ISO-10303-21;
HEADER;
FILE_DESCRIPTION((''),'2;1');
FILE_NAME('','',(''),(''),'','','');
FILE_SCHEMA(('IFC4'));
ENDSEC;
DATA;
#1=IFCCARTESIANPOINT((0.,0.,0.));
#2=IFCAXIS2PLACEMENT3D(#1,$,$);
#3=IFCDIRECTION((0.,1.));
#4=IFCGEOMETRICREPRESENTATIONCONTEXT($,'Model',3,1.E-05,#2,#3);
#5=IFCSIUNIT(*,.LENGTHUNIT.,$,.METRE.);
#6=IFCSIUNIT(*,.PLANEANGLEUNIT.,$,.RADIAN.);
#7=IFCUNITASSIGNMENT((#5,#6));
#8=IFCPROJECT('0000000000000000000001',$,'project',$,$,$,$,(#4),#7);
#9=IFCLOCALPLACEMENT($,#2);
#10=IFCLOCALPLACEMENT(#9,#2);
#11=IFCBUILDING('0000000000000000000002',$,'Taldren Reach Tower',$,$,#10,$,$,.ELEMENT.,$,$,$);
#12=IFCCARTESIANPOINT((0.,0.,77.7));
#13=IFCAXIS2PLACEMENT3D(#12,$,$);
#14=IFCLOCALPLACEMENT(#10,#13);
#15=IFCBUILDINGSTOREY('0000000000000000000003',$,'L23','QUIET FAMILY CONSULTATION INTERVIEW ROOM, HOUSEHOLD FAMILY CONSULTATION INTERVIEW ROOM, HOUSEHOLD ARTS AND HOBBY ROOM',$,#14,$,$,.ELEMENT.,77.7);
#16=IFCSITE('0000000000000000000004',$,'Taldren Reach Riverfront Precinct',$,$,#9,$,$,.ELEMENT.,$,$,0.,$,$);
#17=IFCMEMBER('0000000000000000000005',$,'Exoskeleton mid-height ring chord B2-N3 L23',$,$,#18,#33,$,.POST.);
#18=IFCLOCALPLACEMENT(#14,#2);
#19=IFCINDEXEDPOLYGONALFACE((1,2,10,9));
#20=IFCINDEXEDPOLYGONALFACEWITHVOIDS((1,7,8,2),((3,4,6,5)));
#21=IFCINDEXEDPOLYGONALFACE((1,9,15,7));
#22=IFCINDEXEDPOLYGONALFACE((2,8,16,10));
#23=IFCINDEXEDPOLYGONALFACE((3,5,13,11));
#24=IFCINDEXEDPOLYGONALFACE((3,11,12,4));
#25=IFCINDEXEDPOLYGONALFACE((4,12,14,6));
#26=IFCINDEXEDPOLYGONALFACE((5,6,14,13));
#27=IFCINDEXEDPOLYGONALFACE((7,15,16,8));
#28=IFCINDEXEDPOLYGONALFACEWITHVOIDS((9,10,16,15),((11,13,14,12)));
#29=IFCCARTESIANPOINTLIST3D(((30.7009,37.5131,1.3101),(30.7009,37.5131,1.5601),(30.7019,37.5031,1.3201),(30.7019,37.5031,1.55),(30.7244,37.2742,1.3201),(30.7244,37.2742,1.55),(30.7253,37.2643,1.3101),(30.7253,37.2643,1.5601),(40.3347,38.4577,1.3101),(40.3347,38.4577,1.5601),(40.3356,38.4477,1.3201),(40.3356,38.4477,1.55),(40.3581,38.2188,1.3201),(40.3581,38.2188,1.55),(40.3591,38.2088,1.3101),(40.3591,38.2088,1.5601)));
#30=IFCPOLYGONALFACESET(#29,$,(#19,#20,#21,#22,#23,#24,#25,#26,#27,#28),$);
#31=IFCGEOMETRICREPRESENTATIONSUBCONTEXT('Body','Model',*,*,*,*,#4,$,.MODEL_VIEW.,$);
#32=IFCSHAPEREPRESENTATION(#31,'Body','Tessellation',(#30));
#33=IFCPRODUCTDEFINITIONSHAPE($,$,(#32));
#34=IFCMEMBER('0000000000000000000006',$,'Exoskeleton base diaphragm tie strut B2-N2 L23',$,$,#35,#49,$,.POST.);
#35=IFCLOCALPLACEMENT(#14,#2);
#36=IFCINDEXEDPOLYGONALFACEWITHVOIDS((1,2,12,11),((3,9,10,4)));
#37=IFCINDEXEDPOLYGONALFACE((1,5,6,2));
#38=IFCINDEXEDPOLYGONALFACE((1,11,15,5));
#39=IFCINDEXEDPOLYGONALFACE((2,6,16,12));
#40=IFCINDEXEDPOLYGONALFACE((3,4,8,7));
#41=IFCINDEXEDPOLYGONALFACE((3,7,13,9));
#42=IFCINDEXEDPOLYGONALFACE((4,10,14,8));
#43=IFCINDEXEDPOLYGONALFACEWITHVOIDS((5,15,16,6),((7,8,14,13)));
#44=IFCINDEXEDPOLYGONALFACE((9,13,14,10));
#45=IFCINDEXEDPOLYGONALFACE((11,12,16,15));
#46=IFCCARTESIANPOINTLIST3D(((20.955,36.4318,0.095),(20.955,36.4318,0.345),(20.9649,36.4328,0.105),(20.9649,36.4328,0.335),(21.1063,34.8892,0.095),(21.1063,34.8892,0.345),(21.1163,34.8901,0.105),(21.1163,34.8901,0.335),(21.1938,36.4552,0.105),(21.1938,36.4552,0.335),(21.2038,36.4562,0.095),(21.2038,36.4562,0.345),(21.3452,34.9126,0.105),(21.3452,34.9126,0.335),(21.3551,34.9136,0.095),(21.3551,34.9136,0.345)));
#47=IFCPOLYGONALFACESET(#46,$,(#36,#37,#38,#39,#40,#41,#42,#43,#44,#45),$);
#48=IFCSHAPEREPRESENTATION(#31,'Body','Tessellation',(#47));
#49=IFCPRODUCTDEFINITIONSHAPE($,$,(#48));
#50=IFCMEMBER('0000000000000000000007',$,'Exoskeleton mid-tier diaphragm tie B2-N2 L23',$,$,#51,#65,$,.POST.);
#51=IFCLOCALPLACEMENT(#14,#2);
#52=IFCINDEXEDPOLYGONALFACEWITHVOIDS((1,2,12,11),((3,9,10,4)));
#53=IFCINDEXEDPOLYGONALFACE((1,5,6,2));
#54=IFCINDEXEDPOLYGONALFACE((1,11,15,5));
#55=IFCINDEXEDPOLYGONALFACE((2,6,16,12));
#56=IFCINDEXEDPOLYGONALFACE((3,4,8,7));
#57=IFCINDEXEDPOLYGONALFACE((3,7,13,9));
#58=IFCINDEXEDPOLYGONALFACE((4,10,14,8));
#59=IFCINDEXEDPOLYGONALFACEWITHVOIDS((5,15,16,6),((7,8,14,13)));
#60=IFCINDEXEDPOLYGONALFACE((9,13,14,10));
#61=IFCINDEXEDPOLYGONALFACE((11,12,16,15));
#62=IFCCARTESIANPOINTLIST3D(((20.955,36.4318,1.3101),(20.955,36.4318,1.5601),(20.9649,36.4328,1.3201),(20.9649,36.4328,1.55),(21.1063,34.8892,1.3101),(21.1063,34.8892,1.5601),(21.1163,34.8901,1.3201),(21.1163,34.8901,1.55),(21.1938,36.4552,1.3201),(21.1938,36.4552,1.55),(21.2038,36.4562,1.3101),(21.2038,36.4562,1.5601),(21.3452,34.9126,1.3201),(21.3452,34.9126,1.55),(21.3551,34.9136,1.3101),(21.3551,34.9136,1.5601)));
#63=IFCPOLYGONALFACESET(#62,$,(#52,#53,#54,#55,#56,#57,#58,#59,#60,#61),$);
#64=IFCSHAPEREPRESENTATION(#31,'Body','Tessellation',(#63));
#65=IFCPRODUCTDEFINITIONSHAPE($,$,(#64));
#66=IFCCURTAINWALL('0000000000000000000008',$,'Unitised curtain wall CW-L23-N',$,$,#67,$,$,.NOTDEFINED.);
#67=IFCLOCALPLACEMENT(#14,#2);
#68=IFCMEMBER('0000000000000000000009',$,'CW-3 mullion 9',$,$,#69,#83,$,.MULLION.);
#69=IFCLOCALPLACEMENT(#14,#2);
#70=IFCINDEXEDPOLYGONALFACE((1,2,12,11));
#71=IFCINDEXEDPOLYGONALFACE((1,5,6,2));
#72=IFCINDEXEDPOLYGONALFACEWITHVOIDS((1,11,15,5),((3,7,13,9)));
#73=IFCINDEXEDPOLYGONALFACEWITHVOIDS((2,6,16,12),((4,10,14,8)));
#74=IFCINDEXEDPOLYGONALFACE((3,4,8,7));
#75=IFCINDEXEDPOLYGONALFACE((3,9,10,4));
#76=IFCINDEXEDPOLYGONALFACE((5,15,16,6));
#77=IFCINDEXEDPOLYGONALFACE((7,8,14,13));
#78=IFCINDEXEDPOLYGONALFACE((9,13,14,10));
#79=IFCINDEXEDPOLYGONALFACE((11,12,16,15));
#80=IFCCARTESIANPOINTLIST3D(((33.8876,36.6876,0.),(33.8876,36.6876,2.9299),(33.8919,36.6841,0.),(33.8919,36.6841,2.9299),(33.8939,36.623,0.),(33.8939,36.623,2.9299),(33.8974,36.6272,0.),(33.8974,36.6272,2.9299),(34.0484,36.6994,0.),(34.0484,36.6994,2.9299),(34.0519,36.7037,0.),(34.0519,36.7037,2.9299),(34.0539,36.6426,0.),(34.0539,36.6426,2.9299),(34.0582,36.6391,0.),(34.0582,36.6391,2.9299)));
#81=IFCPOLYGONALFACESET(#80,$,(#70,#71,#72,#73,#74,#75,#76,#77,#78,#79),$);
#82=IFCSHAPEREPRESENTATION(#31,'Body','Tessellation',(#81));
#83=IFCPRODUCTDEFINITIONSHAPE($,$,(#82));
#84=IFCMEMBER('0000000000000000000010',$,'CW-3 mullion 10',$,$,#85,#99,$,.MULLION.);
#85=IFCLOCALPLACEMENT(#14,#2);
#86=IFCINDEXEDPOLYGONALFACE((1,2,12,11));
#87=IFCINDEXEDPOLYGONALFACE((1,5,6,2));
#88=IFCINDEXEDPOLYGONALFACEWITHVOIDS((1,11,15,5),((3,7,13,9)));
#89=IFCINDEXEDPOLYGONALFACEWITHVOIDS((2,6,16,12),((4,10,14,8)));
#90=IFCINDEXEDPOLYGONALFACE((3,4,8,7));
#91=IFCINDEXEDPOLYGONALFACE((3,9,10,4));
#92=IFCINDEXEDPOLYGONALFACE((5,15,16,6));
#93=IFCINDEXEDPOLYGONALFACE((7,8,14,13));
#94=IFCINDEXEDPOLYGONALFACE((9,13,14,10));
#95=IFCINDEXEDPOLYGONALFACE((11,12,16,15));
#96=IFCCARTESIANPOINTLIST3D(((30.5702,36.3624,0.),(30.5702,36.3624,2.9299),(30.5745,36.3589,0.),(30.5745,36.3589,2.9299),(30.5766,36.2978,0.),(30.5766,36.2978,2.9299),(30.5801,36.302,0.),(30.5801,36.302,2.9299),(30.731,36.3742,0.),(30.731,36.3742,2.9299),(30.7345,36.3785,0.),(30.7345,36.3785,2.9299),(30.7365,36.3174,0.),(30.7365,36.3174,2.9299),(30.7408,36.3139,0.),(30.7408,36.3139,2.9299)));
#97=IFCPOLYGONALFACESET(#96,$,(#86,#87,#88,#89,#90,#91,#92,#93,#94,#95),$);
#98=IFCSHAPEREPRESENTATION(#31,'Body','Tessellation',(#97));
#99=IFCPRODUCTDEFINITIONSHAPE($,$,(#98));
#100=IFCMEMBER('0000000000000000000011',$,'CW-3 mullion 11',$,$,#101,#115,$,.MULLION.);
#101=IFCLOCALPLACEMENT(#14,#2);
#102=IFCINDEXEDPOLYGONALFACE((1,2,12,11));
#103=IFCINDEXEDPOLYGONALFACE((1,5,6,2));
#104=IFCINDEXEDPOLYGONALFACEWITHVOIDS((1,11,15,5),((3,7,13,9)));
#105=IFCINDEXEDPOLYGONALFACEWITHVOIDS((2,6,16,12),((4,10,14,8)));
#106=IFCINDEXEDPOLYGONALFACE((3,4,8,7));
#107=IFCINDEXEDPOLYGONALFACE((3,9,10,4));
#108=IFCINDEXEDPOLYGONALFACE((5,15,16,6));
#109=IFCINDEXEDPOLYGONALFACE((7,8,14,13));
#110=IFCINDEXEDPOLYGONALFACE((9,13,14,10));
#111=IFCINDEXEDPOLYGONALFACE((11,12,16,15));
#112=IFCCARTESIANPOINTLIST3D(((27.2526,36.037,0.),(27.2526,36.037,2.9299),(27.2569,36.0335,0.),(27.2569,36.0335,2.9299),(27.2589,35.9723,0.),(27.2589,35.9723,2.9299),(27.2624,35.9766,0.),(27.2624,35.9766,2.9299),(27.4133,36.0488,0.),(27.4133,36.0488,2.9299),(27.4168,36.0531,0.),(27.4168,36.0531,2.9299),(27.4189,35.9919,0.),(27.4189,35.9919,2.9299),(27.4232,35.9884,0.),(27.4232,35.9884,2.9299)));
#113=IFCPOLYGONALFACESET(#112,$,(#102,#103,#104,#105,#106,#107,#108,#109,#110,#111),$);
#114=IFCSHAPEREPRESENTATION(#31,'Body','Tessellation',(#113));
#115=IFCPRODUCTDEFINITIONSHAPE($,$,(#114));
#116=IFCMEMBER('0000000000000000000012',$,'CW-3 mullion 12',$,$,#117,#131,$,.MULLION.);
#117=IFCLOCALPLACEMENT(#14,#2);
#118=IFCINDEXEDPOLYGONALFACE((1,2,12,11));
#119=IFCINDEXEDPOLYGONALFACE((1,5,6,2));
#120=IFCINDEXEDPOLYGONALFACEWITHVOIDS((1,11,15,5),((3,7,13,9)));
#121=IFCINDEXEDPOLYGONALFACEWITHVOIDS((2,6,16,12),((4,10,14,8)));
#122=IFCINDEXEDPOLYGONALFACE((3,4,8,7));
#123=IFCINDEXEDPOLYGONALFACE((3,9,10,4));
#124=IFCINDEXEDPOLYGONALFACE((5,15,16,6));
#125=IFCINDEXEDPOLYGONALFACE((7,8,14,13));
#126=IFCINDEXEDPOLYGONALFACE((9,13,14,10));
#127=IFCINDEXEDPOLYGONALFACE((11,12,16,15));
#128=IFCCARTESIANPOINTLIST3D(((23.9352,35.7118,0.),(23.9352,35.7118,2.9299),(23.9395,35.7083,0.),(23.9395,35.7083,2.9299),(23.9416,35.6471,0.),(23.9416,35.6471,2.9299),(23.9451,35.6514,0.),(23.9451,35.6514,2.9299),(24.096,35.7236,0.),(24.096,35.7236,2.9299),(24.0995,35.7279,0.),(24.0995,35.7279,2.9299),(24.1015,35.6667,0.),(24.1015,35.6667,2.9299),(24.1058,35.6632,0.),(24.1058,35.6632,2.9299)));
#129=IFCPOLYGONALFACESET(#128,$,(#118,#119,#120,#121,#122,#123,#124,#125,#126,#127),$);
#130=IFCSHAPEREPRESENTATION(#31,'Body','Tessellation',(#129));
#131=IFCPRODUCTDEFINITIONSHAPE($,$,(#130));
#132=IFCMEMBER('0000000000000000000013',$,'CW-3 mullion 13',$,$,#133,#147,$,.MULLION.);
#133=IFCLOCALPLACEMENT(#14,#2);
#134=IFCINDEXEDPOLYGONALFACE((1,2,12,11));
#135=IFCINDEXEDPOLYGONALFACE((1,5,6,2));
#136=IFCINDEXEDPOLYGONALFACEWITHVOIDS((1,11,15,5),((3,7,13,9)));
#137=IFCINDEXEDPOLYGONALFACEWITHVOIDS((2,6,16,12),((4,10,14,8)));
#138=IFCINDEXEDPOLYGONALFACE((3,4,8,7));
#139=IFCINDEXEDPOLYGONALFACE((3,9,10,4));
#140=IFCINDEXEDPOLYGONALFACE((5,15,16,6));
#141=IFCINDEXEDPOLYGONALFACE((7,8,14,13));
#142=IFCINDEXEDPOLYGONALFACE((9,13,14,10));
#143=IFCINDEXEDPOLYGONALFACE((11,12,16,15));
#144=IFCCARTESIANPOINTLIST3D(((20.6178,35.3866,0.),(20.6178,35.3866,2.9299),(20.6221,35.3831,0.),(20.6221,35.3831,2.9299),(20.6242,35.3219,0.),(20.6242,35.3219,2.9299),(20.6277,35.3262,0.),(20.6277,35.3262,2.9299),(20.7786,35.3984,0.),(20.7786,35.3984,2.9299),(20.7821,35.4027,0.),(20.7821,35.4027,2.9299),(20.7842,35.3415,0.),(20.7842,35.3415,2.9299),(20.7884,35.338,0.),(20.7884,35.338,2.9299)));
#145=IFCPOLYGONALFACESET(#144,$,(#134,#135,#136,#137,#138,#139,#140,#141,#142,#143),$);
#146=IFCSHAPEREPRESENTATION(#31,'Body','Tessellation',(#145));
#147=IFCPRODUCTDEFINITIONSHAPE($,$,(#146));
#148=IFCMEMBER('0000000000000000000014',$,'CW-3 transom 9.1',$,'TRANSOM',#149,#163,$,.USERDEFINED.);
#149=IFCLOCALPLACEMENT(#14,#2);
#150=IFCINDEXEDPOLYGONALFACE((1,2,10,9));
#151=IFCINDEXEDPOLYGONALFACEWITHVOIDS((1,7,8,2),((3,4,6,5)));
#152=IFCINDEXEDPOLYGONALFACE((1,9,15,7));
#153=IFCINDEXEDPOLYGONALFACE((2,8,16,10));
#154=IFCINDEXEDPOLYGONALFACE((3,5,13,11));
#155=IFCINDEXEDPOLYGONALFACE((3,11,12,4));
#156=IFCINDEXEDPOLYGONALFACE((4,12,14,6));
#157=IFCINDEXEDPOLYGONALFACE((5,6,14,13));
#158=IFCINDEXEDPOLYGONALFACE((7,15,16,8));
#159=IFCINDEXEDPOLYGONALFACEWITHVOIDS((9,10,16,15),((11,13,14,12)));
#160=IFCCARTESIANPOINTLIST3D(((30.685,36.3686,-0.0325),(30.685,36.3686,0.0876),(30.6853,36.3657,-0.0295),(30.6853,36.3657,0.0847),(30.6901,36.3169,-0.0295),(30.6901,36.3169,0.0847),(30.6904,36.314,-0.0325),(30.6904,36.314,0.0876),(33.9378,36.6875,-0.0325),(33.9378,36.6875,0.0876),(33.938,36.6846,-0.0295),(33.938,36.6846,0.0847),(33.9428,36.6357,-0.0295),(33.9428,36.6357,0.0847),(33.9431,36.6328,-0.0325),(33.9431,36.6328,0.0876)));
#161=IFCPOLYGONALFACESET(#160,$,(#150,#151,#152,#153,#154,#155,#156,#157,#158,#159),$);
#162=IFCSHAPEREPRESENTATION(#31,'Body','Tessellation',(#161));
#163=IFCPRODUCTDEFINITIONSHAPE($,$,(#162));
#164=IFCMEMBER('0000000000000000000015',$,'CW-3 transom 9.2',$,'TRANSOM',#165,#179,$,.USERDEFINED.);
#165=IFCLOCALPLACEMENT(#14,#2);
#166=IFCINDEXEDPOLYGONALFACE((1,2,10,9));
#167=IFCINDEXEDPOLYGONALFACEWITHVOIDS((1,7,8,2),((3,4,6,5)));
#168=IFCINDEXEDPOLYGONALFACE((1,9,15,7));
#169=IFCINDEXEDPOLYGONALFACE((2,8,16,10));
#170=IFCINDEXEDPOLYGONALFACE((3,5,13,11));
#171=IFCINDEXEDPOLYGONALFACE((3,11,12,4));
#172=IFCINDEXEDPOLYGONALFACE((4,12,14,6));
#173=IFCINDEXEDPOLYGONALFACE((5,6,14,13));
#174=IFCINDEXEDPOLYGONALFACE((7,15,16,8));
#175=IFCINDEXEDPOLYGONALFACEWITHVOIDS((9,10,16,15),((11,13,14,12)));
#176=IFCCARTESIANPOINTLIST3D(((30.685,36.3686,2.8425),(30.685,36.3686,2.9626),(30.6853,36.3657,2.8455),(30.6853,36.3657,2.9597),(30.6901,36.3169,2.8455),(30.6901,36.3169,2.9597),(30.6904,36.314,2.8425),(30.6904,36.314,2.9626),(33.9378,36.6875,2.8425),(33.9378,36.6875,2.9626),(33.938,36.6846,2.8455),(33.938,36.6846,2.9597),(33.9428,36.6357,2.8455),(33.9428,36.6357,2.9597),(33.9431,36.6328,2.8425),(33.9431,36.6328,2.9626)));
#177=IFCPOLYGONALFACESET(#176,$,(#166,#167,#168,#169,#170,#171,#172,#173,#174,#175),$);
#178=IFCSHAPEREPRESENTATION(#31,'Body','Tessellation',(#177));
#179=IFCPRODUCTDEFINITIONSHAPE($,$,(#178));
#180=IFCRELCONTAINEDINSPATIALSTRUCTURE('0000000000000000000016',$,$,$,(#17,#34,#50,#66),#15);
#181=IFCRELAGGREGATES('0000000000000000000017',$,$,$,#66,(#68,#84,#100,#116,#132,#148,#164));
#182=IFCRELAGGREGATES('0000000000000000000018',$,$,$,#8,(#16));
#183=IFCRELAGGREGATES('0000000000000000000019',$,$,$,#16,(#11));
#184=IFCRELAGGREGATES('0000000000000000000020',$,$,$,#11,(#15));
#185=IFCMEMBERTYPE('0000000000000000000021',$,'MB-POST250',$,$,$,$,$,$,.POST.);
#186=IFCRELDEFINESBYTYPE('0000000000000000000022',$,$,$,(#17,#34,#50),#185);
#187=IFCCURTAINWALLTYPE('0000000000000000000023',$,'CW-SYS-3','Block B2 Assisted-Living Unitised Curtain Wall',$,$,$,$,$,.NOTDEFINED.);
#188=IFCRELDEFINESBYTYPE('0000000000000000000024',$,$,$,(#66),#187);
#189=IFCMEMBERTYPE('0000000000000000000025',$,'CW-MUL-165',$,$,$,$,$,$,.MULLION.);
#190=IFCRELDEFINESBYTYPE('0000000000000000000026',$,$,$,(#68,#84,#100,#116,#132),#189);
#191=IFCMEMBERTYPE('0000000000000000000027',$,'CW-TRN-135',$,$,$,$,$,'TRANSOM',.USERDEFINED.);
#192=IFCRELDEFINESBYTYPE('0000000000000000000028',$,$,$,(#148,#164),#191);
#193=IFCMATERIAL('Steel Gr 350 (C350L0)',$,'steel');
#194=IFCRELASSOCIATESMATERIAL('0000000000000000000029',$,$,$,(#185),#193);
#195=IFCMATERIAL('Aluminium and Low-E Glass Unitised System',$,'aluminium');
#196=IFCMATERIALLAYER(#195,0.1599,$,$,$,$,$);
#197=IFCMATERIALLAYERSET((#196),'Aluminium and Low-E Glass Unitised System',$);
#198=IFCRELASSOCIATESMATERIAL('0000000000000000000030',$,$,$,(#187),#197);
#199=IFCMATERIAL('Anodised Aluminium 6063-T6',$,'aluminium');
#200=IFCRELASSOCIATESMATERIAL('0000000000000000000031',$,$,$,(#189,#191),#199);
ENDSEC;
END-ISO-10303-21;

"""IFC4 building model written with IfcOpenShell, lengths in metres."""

from ifc_helpers import new_model, si_unit, direction, frame, origin, origin_2d, place, context, subcontext, project, spatial, hollow_rectangle, extrude, source, transform, mapped, material, layer, layer_set, material_profile, profile_set, type_object, element, aggregate, save


model = new_model("IFC4")

# Units and contexts
model_context = context("Model", 3, precision=1e-05, world=origin(), true_north=direction((0.0, 1.0)))
body_context = subcontext(model_context, "Body", "Model", "MODEL_VIEW")
ifc_project = project(units=[si_unit("LENGTHUNIT", "METRE"), si_unit("PLANEANGLEUNIT", "RADIAN")], contexts=[model_context])

# Site, building, storey
site_placement = place(None, origin())
site = spatial("IfcSite", under=ifc_project, at=site_placement, Name="Taldren Reach Riverfront Precinct", CompositionType="ELEMENT", RefElevation=0.0)
building_placement = place(site_placement, origin())
building = spatial("IfcBuilding", under=site, at=building_placement, Name="Taldren Reach Tower", CompositionType="ELEMENT")
storey_placement = place(building_placement, frame((0.0, 0.0, 77.7)))
storey = spatial("IfcBuildingStorey", under=building, at=storey_placement, Name="L23", Description="QUIET FAMILY CONSULTATION INTERVIEW ROOM, HOUSEHOLD FAMILY CONSULTATION INTERVIEW ROOM, HOUSEHOLD ARTS AND HOBBY ROOM", CompositionType="ELEMENT", Elevation=77.7)

# Shared definitions
ifc_material_1 = material(Name="Steel Gr 350 (C350L0)", Category="steel")
ifc_material_profile_1 = material_profile(ifc_material_1, hollow_rectangle(XDim=0.25, YDim=0.25, WallThickness=0.01, at=origin_2d()), Name="250x250x10.0SHS")
ifc_profile_set_1 = profile_set([ifc_material_profile_1], Name="Steel Gr 350 (C350L0)")
member_type_1 = type_object("IfcMemberType", Name="MB-POST250", PredefinedType="POST", material=ifc_profile_set_1)

# Members
shared_shape_1 = source(origin(), body_context, "Body", "SweptSolid", [
    extrude(hollow_rectangle(XDim=0.25, YDim=0.25, WallThickness=0.01, at=origin_2d()), origin(), (0.0, 0.0, 1.0), 9.6799),
])
for number, where, z_axis, x_axis, name in (
    (1, (30.7131, 37.3887, 1.4351), (0.995228, 0.097581, 0.0), (-0.097581, 0.995228, 0.0), "Exoskeleton mid-height ring chord B2-N3 L23"),
):
    element("IfcMember", number, at=place(storey_placement, frame(where, z_axis=z_axis, x_axis=x_axis)), inside=storey, type_object=member_type_1, Name=name, PredefinedType="POST", context=body_context, shape_type="MappedRepresentation", body=[
        mapped(shared_shape_1, transform((0.0, 0.0, 0.0), scale=1.0)),
    ])
shared_shape_2 = source(origin(), body_context, "Body", "SweptSolid", [
    extrude(hollow_rectangle(XDim=0.25, YDim=0.25, WallThickness=0.01, at=origin_2d()), origin(), (0.0, 0.0, 1.0), 1.55),
])
for number, where, z_axis, x_axis, name in (
    (2, (21.2307, 34.9014, 0.22), (-0.097648, 0.995221, 0.0), (-0.995221, -0.097648, 0.0), "Exoskeleton base diaphragm tie strut B2-N2 L23"),
    (3, (21.2307, 34.9014, 1.4351), (-0.097648, 0.995221, 0.0), (-0.995221, -0.097648, 0.0), "Exoskeleton mid-tier diaphragm tie B2-N2 L23"),
):
    element("IfcMember", number, at=place(storey_placement, frame(where, z_axis=z_axis, x_axis=x_axis)), inside=storey, type_object=member_type_1, Name=name, PredefinedType="POST", context=body_context, shape_type="MappedRepresentation", body=[
        mapped(shared_shape_2, transform((0.0, 0.0, 0.0), scale=1.0)),
    ])

# Curtain wall, members
ifc_material_2 = material(Name="Aluminium and Low-E Glass Unitised System", Category="aluminium")
ifc_layer_1 = layer(ifc_material_2, 0.1599)
ifc_layer_set_1 = layer_set([ifc_layer_1], Name="Aluminium and Low-E Glass Unitised System")
curtain_wall_type = type_object("IfcCurtainWallType", Name="CW-SYS-3", Description="Block B2 Assisted-Living Unitised Curtain Wall", PredefinedType="NOTDEFINED", material=ifc_layer_set_1)
curtain_wall_placement = place(storey_placement, origin())
curtain_wall = element("IfcCurtainWall", 4, at=curtain_wall_placement, inside=storey, type_object=curtain_wall_type, Name="Unitised curtain wall CW-L23-N", PredefinedType="NOTDEFINED")
ifc_material_3 = material(Name="Anodised Aluminium 6063-T6", Category="aluminium")
ifc_material_profile_2 = material_profile(ifc_material_3, hollow_rectangle(XDim=0.0649, YDim=0.165, WallThickness=0.0039, at=origin_2d()), Name="ALU-165x65x4RHS")
ifc_profile_set_2 = profile_set([ifc_material_profile_2], Name="Anodised Aluminium 6063-T6")
member_type_2 = type_object("IfcMemberType", Name="CW-MUL-165", PredefinedType="MULLION", material=ifc_profile_set_2)
shared_shape_3 = source(origin(), body_context, "Body", "SweptSolid", [
    extrude(hollow_rectangle(XDim=0.0649, YDim=0.165, WallThickness=0.0039, at=origin_2d()), origin(), (0.0, 0.0, 1.0), 2.9299),
])
member_1_placement = place(storey_placement, frame((33.9729, 36.6633, 0.0), z_axis=(0.0, 0.0, 1.0), x_axis=(0.097583, -0.995227, 0.0)))
member_1 = element("IfcMember", 5, at=member_1_placement, type_object=member_type_2, Name="CW-3 mullion 9", PredefinedType="MULLION", context=body_context, shape_type="MappedRepresentation", body=[
    mapped(shared_shape_3, transform((0.0, 0.0, 0.0), scale=1.0)),
])
member_2_placement = place(storey_placement, frame((30.6555, 36.3381, 0.0), z_axis=(0.0, 0.0, 1.0), x_axis=(0.097583, -0.995227, 0.0)))
member_2 = element("IfcMember", 6, at=member_2_placement, type_object=member_type_2, Name="CW-3 mullion 10", PredefinedType="MULLION", context=body_context, shape_type="MappedRepresentation", body=[
    mapped(shared_shape_3, transform((0.0, 0.0, 0.0), scale=1.0)),
])
member_3_placement = place(storey_placement, frame((27.3379, 36.0127, 0.0), z_axis=(0.0, 0.0, 1.0), x_axis=(0.097583, -0.995227, 0.0)))
member_3 = element("IfcMember", 7, at=member_3_placement, type_object=member_type_2, Name="CW-3 mullion 11", PredefinedType="MULLION", context=body_context, shape_type="MappedRepresentation", body=[
    mapped(shared_shape_3, transform((0.0, 0.0, 0.0), scale=1.0)),
])
member_4_placement = place(storey_placement, frame((24.0205, 35.6875, 0.0), z_axis=(0.0, 0.0, 1.0), x_axis=(0.097583, -0.995227, 0.0)))
member_4 = element("IfcMember", 8, at=member_4_placement, type_object=member_type_2, Name="CW-3 mullion 12", PredefinedType="MULLION", context=body_context, shape_type="MappedRepresentation", body=[
    mapped(shared_shape_3, transform((0.0, 0.0, 0.0), scale=1.0)),
])
member_5_placement = place(storey_placement, frame((20.7031, 35.3623, 0.0), z_axis=(0.0, 0.0, 1.0), x_axis=(0.097583, -0.995227, 0.0)))
member_5 = element("IfcMember", 9, at=member_5_placement, type_object=member_type_2, Name="CW-3 mullion 13", PredefinedType="MULLION", context=body_context, shape_type="MappedRepresentation", body=[
    mapped(shared_shape_3, transform((0.0, 0.0, 0.0), scale=1.0)),
])
ifc_material_profile_3 = material_profile(ifc_material_3, hollow_rectangle(XDim=0.0549, YDim=0.1201, WallThickness=0.0029, at=origin_2d()), Name="ALU-120x55x3RHS")
ifc_profile_set_3 = profile_set([ifc_material_profile_3], Name="Anodised Aluminium 6063-T6")
member_type_3 = type_object("IfcMemberType", Name="CW-TRN-135", ElementType="TRANSOM", PredefinedType="USERDEFINED", material=ifc_profile_set_3)
shared_shape_4 = source(origin(), body_context, "Body", "SweptSolid", [
    extrude(hollow_rectangle(XDim=0.0549, YDim=0.1201, WallThickness=0.0029, at=origin_2d()), origin(), (0.0, 0.0, 1.0), 3.2683),
])
member_6_placement = place(storey_placement, frame((33.9404, 36.6602, 0.0276), z_axis=(-0.99523, -0.097558, 0.0), x_axis=(0.097558, -0.99523, 0.0)))
member_6 = element("IfcMember", 10, at=member_6_placement, type_object=member_type_3, Name="CW-3 transom 9.1", ObjectType="TRANSOM", PredefinedType="USERDEFINED", context=body_context, shape_type="MappedRepresentation", body=[
    mapped(shared_shape_4, transform((0.0, 0.0, 0.0), scale=1.0)),
])
member_7_placement = place(storey_placement, frame((33.9404, 36.6602, 2.9026), z_axis=(-0.99523, -0.097558, 0.0), x_axis=(0.097558, -0.99523, 0.0)))
member_7 = element("IfcMember", 11, at=member_7_placement, type_object=member_type_3, Name="CW-3 transom 9.2", ObjectType="TRANSOM", PredefinedType="USERDEFINED", context=body_context, shape_type="MappedRepresentation", body=[
    mapped(shared_shape_4, transform((0.0, 0.0, 0.0), scale=1.0)),
])

aggregate(curtain_wall, [member_1, member_2, member_3, member_4, member_5, member_6, member_7])

save(model, "model.ifc")
